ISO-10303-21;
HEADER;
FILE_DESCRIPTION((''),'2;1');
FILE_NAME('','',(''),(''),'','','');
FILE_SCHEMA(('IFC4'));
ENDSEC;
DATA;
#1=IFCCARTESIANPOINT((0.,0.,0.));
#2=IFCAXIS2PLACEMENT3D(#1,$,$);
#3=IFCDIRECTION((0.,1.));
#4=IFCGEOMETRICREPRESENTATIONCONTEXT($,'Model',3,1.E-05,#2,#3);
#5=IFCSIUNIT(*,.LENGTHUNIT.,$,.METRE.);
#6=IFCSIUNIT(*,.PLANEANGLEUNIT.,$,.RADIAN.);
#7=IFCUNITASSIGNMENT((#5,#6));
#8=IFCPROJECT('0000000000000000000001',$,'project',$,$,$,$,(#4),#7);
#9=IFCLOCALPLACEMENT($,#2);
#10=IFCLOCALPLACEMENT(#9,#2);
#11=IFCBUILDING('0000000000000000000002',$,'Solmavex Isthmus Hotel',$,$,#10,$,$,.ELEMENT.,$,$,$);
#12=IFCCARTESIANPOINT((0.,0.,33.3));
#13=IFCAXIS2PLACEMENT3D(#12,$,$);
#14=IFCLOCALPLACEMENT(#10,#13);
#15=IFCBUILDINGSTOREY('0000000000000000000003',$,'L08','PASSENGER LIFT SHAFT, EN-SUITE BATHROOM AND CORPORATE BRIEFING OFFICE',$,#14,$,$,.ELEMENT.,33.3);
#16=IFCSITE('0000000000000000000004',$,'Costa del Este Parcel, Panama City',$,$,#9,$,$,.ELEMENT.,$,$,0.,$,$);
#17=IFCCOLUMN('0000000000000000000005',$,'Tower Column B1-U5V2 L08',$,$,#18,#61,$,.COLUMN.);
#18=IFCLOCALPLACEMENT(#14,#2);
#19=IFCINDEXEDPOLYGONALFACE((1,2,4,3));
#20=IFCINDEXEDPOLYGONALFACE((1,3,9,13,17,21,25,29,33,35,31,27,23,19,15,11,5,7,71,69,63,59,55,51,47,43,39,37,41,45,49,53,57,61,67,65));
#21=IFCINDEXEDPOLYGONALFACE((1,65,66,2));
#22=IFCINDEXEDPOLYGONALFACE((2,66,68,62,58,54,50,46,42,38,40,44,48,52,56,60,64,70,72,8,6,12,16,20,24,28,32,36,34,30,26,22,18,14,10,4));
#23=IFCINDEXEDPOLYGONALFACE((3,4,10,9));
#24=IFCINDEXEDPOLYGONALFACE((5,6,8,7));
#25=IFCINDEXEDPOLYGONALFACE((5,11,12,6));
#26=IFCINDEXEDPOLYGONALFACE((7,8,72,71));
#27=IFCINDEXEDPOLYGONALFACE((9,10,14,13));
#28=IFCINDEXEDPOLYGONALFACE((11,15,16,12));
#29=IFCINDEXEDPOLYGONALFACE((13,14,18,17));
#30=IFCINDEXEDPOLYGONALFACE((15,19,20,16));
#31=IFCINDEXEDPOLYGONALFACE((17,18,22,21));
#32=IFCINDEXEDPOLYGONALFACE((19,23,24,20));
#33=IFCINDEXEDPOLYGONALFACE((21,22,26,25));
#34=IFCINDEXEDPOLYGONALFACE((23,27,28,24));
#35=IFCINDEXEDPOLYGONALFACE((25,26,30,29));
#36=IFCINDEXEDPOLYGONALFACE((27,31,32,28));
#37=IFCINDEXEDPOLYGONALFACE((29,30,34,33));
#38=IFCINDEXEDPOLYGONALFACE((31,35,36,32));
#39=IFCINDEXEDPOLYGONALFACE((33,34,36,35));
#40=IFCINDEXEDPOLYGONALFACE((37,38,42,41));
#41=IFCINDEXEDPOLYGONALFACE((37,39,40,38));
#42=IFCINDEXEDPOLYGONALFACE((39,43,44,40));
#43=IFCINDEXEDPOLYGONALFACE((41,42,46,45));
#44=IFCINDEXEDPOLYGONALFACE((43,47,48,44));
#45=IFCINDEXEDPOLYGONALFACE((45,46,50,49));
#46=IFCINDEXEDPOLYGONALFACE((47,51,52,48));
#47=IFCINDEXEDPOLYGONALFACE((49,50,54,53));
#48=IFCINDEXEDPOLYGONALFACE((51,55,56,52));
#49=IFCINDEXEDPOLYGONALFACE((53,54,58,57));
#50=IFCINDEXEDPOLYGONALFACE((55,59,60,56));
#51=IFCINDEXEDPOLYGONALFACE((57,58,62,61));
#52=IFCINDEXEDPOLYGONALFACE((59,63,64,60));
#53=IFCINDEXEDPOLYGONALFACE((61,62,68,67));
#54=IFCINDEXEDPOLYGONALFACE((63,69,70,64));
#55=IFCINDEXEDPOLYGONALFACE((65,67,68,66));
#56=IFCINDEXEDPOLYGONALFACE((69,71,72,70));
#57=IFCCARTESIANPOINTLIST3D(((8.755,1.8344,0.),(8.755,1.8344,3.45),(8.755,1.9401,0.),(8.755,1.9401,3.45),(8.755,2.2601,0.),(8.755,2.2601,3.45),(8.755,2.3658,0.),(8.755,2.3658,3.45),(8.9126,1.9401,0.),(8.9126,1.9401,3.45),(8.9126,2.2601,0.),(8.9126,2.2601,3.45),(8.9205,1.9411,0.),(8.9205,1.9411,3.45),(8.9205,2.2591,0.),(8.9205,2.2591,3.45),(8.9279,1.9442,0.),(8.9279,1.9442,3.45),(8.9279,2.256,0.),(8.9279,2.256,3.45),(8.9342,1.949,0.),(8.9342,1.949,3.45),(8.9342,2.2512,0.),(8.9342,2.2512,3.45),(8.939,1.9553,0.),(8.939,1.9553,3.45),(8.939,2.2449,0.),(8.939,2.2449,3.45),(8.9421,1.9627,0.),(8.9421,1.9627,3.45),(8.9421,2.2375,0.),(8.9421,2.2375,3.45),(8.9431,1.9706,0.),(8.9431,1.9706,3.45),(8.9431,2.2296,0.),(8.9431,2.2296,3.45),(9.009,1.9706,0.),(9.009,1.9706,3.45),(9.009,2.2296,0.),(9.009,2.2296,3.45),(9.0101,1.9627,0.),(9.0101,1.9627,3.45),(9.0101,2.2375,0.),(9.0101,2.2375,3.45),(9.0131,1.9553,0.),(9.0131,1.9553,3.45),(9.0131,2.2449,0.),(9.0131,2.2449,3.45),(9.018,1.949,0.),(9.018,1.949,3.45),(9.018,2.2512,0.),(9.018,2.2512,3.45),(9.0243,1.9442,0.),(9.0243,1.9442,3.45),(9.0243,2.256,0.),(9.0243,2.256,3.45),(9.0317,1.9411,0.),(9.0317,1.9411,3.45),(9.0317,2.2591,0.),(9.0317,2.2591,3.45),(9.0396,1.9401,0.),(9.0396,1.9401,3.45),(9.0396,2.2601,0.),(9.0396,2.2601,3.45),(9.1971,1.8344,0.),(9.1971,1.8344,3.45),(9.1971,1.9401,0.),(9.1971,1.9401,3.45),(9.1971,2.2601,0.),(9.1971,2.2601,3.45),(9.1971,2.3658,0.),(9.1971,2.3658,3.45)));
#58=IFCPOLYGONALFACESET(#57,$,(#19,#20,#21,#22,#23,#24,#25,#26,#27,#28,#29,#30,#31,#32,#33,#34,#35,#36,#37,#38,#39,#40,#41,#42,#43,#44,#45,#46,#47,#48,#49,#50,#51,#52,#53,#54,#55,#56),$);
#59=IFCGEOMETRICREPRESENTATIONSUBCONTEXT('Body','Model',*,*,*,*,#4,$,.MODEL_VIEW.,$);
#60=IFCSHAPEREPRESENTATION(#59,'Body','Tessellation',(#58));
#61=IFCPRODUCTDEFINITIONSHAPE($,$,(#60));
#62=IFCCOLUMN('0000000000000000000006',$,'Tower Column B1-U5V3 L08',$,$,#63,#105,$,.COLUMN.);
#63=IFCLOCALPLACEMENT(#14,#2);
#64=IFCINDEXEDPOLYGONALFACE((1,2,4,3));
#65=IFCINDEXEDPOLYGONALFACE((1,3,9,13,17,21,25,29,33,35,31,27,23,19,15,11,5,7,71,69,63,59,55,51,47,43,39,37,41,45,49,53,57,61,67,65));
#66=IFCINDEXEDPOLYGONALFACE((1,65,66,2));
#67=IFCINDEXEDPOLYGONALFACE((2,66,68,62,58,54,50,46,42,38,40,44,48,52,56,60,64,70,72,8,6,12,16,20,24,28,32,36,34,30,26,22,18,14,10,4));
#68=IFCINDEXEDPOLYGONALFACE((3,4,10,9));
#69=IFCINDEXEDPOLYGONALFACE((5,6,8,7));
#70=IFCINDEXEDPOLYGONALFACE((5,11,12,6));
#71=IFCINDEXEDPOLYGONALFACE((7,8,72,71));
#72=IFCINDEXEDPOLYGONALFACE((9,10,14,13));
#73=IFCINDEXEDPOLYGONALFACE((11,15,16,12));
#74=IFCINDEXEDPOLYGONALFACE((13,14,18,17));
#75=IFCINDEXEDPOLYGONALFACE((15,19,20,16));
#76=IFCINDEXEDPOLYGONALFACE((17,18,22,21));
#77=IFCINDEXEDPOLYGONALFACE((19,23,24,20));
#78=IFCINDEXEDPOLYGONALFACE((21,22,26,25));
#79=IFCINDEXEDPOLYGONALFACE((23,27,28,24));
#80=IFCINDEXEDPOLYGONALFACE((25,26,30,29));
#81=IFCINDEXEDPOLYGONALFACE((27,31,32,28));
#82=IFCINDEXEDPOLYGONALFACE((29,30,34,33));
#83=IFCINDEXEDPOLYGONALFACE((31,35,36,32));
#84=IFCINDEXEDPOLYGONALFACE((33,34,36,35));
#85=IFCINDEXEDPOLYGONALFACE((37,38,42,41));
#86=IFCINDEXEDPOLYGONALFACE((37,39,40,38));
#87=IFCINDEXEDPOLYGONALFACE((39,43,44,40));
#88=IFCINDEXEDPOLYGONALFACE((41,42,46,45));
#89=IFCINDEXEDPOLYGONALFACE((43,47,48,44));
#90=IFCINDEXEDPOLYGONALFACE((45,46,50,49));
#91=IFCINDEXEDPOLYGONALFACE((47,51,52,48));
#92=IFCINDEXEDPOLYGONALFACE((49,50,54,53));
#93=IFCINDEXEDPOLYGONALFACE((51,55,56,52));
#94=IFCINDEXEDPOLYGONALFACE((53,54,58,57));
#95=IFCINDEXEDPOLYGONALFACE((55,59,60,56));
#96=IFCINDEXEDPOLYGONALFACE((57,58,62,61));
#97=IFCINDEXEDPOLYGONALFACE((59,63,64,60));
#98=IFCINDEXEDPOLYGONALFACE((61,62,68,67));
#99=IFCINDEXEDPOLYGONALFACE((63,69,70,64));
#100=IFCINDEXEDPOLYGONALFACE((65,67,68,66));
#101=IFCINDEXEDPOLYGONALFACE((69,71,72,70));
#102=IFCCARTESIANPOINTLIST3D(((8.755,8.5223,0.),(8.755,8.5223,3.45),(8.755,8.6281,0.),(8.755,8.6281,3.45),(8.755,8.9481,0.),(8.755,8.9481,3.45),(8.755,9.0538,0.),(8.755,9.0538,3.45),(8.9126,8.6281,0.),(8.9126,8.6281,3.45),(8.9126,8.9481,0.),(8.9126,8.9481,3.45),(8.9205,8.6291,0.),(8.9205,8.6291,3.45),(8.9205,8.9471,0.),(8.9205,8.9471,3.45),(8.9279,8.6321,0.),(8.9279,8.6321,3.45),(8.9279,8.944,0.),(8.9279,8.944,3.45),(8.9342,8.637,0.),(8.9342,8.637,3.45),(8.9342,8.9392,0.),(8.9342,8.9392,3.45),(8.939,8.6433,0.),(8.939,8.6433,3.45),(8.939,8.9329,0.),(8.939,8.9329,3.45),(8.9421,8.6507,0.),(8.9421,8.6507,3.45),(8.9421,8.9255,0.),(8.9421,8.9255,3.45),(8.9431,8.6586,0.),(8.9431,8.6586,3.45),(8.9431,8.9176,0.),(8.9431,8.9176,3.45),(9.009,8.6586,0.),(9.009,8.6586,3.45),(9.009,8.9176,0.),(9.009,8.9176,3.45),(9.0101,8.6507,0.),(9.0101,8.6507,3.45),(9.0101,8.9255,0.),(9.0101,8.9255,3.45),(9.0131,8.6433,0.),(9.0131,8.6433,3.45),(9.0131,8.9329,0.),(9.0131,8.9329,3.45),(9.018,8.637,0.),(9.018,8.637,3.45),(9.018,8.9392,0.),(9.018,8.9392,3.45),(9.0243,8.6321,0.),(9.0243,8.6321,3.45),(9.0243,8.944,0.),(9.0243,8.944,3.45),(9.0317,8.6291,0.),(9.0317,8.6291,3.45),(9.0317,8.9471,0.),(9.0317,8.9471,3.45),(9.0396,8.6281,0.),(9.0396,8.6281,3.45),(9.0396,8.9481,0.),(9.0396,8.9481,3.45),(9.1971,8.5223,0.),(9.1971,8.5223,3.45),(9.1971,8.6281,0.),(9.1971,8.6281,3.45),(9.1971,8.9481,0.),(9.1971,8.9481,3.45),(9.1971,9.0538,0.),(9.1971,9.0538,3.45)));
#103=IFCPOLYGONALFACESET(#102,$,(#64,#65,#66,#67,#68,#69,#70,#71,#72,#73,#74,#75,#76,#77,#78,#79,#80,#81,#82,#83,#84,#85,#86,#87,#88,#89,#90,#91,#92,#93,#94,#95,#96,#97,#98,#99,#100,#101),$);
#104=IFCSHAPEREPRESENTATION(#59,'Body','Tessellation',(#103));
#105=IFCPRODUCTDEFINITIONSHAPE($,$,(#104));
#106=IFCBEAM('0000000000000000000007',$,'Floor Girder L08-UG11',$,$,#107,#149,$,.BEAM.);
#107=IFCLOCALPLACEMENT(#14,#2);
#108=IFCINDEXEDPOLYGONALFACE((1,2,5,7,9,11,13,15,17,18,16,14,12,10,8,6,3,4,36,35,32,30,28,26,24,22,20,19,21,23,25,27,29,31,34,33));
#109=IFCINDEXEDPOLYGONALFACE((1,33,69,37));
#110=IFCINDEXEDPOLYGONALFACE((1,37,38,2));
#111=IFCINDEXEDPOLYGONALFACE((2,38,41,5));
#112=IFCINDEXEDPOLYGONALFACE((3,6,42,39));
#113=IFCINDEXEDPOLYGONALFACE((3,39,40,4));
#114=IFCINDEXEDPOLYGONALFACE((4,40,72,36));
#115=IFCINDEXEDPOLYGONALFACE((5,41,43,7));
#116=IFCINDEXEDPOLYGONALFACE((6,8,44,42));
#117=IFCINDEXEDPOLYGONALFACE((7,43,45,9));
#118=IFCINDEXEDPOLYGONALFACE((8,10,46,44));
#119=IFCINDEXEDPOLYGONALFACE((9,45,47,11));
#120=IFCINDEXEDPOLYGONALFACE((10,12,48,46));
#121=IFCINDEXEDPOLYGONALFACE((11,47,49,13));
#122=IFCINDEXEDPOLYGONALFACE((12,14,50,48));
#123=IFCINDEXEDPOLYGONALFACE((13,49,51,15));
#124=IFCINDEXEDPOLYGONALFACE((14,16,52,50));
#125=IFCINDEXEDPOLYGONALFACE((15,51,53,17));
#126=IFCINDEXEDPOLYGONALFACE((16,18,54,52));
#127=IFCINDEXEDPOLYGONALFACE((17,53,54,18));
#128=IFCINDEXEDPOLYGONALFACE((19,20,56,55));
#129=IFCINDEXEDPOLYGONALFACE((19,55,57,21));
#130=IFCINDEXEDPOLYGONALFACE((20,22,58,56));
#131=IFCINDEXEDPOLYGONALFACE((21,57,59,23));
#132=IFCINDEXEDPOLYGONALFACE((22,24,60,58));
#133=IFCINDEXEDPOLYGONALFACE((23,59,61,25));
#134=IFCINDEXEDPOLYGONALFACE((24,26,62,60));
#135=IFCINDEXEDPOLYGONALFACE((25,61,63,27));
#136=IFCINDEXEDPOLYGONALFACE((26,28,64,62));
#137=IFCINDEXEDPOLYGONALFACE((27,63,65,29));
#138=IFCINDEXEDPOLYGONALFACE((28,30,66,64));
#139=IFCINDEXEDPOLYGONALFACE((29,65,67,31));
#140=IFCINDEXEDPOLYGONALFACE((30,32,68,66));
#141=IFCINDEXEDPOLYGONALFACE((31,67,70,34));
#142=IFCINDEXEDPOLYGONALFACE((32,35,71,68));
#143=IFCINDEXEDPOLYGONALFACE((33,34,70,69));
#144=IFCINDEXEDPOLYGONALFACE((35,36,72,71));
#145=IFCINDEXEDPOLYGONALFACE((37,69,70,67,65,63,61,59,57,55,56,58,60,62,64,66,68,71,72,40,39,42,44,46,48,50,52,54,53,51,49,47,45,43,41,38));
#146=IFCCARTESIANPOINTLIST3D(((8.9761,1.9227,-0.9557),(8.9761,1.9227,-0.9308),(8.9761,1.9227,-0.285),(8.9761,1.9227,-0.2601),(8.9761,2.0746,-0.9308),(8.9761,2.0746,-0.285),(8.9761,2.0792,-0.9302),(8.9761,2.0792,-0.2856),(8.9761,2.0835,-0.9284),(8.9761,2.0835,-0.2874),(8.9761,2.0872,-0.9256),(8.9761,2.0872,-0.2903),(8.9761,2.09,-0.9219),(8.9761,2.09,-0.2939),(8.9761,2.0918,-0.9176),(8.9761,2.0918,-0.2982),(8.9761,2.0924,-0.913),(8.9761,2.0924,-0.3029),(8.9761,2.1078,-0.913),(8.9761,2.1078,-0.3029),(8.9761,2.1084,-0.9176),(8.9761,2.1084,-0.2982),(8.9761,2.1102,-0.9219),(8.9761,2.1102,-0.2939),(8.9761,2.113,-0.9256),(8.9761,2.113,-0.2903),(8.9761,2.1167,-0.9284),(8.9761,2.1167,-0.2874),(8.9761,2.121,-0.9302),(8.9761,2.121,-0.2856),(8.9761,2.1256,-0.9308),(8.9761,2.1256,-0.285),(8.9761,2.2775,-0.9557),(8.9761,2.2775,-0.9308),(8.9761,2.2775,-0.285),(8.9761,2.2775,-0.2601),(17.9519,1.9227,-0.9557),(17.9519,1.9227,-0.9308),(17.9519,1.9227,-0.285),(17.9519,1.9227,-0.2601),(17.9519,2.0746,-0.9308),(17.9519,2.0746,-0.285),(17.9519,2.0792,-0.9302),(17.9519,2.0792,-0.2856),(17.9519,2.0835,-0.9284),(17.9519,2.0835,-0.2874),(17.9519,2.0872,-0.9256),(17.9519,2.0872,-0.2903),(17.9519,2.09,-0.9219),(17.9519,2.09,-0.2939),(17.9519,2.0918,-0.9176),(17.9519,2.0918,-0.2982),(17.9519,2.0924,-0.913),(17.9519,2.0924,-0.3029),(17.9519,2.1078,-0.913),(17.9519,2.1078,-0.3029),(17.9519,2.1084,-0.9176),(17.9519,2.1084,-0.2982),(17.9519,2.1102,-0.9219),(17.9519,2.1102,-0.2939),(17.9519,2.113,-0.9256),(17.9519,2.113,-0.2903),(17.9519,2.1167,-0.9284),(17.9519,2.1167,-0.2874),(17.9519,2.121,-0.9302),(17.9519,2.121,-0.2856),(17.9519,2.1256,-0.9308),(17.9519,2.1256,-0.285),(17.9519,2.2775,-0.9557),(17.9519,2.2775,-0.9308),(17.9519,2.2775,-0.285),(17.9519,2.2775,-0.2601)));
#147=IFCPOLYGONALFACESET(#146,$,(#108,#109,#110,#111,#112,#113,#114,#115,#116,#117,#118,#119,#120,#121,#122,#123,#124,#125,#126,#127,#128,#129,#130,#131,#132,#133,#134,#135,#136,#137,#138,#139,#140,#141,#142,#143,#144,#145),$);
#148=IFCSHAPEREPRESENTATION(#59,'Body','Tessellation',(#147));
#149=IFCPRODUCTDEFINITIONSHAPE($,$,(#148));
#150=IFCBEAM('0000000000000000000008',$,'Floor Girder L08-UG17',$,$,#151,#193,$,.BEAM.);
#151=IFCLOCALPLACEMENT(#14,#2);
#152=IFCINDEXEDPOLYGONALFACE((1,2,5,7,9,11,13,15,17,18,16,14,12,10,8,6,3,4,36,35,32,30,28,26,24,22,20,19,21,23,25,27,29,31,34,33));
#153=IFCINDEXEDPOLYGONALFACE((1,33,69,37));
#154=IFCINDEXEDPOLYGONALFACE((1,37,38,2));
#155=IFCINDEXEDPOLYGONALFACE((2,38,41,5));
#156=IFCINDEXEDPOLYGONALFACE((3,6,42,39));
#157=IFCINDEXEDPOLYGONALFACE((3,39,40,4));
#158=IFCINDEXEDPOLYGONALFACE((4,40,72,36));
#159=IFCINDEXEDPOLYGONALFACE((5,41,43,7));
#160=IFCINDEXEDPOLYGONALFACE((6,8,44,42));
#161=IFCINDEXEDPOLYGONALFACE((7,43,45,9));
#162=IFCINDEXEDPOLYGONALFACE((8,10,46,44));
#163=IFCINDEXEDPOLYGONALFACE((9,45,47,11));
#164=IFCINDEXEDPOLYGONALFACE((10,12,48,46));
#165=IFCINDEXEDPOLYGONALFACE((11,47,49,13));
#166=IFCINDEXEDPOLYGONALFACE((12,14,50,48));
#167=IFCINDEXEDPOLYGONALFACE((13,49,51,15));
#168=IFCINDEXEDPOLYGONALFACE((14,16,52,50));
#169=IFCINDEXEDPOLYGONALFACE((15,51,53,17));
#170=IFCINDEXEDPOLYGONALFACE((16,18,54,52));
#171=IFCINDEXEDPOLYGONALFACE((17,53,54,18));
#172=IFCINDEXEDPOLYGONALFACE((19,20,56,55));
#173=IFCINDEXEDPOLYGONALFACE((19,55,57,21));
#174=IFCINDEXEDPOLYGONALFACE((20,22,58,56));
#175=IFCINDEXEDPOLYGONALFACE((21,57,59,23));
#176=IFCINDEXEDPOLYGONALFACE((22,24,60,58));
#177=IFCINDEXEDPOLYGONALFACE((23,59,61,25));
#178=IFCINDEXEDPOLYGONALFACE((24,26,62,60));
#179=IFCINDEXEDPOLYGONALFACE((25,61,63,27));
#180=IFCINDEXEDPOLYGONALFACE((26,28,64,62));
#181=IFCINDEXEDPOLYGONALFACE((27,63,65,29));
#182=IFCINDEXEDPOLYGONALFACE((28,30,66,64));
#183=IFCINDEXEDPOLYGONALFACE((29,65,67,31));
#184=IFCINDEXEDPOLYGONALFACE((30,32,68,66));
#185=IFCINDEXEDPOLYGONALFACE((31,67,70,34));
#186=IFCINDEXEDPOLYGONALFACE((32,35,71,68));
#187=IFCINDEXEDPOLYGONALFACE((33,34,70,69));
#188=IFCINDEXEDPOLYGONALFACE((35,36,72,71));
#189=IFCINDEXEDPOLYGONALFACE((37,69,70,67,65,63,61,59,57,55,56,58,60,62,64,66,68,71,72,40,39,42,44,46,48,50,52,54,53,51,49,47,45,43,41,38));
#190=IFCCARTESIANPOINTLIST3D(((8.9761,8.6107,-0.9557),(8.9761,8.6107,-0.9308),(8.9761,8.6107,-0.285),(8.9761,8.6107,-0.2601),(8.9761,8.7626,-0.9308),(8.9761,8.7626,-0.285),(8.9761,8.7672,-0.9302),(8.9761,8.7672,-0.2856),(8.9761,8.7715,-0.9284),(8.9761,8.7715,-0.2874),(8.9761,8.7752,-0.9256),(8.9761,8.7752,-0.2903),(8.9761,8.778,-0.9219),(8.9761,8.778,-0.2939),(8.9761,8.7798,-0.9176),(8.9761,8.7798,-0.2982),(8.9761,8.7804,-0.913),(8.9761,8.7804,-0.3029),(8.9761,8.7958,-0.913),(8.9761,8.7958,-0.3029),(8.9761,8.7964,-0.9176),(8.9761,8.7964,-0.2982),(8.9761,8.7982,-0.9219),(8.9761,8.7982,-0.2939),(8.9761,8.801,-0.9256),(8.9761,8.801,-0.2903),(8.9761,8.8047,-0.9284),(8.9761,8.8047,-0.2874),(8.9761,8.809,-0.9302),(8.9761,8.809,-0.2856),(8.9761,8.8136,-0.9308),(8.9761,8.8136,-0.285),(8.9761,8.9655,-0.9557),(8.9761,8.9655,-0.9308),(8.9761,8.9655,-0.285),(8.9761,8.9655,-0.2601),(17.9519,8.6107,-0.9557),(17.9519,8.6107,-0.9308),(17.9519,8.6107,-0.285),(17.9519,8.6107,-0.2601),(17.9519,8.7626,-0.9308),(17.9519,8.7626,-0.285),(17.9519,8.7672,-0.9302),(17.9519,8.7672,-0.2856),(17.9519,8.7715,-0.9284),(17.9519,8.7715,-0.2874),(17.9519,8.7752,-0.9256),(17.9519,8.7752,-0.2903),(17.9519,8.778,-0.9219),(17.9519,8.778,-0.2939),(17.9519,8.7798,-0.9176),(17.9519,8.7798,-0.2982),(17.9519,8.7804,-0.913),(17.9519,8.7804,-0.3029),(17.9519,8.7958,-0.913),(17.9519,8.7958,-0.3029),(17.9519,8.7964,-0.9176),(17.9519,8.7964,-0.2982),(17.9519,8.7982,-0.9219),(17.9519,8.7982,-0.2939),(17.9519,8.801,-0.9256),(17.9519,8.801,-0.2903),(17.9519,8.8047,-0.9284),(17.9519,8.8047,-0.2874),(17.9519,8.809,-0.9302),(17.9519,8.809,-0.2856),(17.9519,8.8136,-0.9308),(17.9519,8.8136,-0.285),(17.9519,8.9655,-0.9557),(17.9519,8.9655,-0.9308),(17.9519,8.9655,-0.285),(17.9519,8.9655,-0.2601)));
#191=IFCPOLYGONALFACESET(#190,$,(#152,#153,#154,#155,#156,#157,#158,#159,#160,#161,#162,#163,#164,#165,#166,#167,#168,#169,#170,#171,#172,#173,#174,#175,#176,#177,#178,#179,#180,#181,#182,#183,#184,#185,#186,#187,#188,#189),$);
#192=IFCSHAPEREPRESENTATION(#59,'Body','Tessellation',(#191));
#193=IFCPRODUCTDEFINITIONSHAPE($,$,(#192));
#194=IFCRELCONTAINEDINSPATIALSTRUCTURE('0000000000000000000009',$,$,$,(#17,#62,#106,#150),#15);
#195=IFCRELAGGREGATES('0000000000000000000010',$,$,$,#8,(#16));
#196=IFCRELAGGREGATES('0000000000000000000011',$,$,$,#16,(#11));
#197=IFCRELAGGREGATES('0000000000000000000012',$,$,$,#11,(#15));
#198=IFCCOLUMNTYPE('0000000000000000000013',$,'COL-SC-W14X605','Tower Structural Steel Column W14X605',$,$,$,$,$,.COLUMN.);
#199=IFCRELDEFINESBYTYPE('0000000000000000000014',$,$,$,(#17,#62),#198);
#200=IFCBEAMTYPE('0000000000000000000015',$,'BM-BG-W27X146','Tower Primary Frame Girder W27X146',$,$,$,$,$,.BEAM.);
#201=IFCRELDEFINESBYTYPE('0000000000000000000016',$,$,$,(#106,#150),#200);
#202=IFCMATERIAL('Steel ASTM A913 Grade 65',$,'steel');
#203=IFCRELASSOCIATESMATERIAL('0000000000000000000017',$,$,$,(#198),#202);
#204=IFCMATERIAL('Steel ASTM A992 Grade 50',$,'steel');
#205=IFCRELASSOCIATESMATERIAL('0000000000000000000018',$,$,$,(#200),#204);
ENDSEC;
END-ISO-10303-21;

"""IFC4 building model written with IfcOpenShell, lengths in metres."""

from ifc_helpers import new_model, si_unit, direction, frame, origin, origin_2d, place, context, subcontext, project, spatial, i_section, extrude, material, material_profile, profile_set, type_object, element, save


model = new_model("IFC4")

# Units and contexts
model_context = context("Model", 3, precision=1e-05, world=origin(), true_north=direction((0.0, 1.0)))
body_context = subcontext(model_context, "Body", "Model", "MODEL_VIEW")
ifc_project = project(units=[si_unit("LENGTHUNIT", "METRE"), si_unit("PLANEANGLEUNIT", "RADIAN")], contexts=[model_context])

# Site, building, storey
site_placement = place(None, origin())
site = spatial("IfcSite", under=ifc_project, at=site_placement, Name="Costa del Este Parcel, Panama City", CompositionType="ELEMENT", RefElevation=0.0)
building_placement = place(site_placement, origin())
building = spatial("IfcBuilding", under=site, at=building_placement, Name="Solmavex Isthmus Hotel", CompositionType="ELEMENT")
storey_placement = place(building_placement, frame((0.0, 0.0, 33.3)))
storey = spatial("IfcBuildingStorey", under=building, at=storey_placement, Name="L08", Description="PASSENGER LIFT SHAFT, EN-SUITE BATHROOM AND CORPORATE BRIEFING OFFICE", CompositionType="ELEMENT", Elevation=33.3)

# Columns
ifc_material_1 = material(Name="Steel ASTM A913 Grade 65", Category="steel")
ifc_material_profile_1 = material_profile(ifc_material_1, i_section(OverallWidth=0.4421, OverallDepth=0.5315, WebThickness=0.0659, FlangeThickness=0.1057, FilletRadius=0.0305, at=origin_2d()), Name="W14X605")
ifc_profile_set_1 = profile_set([ifc_material_profile_1], Name="Steel ASTM A913 Grade 65")
column_type = type_object("IfcColumnType", Name="COL-SC-W14X605", Description="Tower Structural Steel Column W14X605", PredefinedType="COLUMN", material=ifc_profile_set_1)
for number, where, z_axis, x_axis, name in (
    (1, (8.9761, 2.1001, 0.0), (0.0, 0.0, 1.0), (1.0, 0.0, 0.0), "Tower Column B1-U5V2 L08"),
    (2, (8.9761, 8.7881, 0.0), (0.0, 0.0, 1.0), (1.0, 0.0, 0.0), "Tower Column B1-U5V3 L08"),
):
    element("IfcColumn", number, at=place(storey_placement, frame(where, z_axis=z_axis, x_axis=x_axis)), inside=storey, type_object=column_type, Name=name, PredefinedType="COLUMN", context=body_context, shape_type="SweptSolid", body=[
        extrude(i_section(OverallWidth=0.4421, OverallDepth=0.5315, WebThickness=0.0659, FlangeThickness=0.1057, FilletRadius=0.0305, at=origin_2d()), origin(), (0.0, 0.0, 1.0), 3.45),
    ])

# Beams
ifc_material_2 = material(Name="Steel ASTM A992 Grade 50", Category="steel")
ifc_material_profile_2 = material_profile(ifc_material_2, i_section(OverallWidth=0.3547, OverallDepth=0.6956, WebThickness=0.0154, FlangeThickness=0.0249, FilletRadius=0.0178, at=origin_2d()), Name="W27X146")
ifc_profile_set_2 = profile_set([ifc_material_profile_2], Name="Steel ASTM A992 Grade 50")
beam_type_1 = type_object("IfcBeamType", Name="BM-BG-W27X146", Description="Tower Primary Frame Girder W27X146", PredefinedType="BEAM", material=ifc_profile_set_2)
for number, where, z_axis, x_axis, name in (
    (3, (8.9761, 2.1001, -0.6079), (1.0, 0.0, 0.0), (0.0, 1.0, 0.0), "Floor Girder L08-UG11"),
    (4, (8.9761, 8.7881, -0.6079), (1.0, 0.0, 0.0), (0.0, 1.0, 0.0), "Floor Girder L08-UG17"),
):
    element("IfcBeam", number, at=place(storey_placement, frame(where, z_axis=z_axis, x_axis=x_axis)), inside=storey, type_object=beam_type_1, Name=name, PredefinedType="BEAM", context=body_context, shape_type="SweptSolid", body=[
        extrude(i_section(OverallWidth=0.3547, OverallDepth=0.6956, WebThickness=0.0154, FlangeThickness=0.0249, FilletRadius=0.0178, at=origin_2d()), origin(), (0.0, 0.0, 1.0), 8.9758),
    ])

save(model, "model.ifc")
